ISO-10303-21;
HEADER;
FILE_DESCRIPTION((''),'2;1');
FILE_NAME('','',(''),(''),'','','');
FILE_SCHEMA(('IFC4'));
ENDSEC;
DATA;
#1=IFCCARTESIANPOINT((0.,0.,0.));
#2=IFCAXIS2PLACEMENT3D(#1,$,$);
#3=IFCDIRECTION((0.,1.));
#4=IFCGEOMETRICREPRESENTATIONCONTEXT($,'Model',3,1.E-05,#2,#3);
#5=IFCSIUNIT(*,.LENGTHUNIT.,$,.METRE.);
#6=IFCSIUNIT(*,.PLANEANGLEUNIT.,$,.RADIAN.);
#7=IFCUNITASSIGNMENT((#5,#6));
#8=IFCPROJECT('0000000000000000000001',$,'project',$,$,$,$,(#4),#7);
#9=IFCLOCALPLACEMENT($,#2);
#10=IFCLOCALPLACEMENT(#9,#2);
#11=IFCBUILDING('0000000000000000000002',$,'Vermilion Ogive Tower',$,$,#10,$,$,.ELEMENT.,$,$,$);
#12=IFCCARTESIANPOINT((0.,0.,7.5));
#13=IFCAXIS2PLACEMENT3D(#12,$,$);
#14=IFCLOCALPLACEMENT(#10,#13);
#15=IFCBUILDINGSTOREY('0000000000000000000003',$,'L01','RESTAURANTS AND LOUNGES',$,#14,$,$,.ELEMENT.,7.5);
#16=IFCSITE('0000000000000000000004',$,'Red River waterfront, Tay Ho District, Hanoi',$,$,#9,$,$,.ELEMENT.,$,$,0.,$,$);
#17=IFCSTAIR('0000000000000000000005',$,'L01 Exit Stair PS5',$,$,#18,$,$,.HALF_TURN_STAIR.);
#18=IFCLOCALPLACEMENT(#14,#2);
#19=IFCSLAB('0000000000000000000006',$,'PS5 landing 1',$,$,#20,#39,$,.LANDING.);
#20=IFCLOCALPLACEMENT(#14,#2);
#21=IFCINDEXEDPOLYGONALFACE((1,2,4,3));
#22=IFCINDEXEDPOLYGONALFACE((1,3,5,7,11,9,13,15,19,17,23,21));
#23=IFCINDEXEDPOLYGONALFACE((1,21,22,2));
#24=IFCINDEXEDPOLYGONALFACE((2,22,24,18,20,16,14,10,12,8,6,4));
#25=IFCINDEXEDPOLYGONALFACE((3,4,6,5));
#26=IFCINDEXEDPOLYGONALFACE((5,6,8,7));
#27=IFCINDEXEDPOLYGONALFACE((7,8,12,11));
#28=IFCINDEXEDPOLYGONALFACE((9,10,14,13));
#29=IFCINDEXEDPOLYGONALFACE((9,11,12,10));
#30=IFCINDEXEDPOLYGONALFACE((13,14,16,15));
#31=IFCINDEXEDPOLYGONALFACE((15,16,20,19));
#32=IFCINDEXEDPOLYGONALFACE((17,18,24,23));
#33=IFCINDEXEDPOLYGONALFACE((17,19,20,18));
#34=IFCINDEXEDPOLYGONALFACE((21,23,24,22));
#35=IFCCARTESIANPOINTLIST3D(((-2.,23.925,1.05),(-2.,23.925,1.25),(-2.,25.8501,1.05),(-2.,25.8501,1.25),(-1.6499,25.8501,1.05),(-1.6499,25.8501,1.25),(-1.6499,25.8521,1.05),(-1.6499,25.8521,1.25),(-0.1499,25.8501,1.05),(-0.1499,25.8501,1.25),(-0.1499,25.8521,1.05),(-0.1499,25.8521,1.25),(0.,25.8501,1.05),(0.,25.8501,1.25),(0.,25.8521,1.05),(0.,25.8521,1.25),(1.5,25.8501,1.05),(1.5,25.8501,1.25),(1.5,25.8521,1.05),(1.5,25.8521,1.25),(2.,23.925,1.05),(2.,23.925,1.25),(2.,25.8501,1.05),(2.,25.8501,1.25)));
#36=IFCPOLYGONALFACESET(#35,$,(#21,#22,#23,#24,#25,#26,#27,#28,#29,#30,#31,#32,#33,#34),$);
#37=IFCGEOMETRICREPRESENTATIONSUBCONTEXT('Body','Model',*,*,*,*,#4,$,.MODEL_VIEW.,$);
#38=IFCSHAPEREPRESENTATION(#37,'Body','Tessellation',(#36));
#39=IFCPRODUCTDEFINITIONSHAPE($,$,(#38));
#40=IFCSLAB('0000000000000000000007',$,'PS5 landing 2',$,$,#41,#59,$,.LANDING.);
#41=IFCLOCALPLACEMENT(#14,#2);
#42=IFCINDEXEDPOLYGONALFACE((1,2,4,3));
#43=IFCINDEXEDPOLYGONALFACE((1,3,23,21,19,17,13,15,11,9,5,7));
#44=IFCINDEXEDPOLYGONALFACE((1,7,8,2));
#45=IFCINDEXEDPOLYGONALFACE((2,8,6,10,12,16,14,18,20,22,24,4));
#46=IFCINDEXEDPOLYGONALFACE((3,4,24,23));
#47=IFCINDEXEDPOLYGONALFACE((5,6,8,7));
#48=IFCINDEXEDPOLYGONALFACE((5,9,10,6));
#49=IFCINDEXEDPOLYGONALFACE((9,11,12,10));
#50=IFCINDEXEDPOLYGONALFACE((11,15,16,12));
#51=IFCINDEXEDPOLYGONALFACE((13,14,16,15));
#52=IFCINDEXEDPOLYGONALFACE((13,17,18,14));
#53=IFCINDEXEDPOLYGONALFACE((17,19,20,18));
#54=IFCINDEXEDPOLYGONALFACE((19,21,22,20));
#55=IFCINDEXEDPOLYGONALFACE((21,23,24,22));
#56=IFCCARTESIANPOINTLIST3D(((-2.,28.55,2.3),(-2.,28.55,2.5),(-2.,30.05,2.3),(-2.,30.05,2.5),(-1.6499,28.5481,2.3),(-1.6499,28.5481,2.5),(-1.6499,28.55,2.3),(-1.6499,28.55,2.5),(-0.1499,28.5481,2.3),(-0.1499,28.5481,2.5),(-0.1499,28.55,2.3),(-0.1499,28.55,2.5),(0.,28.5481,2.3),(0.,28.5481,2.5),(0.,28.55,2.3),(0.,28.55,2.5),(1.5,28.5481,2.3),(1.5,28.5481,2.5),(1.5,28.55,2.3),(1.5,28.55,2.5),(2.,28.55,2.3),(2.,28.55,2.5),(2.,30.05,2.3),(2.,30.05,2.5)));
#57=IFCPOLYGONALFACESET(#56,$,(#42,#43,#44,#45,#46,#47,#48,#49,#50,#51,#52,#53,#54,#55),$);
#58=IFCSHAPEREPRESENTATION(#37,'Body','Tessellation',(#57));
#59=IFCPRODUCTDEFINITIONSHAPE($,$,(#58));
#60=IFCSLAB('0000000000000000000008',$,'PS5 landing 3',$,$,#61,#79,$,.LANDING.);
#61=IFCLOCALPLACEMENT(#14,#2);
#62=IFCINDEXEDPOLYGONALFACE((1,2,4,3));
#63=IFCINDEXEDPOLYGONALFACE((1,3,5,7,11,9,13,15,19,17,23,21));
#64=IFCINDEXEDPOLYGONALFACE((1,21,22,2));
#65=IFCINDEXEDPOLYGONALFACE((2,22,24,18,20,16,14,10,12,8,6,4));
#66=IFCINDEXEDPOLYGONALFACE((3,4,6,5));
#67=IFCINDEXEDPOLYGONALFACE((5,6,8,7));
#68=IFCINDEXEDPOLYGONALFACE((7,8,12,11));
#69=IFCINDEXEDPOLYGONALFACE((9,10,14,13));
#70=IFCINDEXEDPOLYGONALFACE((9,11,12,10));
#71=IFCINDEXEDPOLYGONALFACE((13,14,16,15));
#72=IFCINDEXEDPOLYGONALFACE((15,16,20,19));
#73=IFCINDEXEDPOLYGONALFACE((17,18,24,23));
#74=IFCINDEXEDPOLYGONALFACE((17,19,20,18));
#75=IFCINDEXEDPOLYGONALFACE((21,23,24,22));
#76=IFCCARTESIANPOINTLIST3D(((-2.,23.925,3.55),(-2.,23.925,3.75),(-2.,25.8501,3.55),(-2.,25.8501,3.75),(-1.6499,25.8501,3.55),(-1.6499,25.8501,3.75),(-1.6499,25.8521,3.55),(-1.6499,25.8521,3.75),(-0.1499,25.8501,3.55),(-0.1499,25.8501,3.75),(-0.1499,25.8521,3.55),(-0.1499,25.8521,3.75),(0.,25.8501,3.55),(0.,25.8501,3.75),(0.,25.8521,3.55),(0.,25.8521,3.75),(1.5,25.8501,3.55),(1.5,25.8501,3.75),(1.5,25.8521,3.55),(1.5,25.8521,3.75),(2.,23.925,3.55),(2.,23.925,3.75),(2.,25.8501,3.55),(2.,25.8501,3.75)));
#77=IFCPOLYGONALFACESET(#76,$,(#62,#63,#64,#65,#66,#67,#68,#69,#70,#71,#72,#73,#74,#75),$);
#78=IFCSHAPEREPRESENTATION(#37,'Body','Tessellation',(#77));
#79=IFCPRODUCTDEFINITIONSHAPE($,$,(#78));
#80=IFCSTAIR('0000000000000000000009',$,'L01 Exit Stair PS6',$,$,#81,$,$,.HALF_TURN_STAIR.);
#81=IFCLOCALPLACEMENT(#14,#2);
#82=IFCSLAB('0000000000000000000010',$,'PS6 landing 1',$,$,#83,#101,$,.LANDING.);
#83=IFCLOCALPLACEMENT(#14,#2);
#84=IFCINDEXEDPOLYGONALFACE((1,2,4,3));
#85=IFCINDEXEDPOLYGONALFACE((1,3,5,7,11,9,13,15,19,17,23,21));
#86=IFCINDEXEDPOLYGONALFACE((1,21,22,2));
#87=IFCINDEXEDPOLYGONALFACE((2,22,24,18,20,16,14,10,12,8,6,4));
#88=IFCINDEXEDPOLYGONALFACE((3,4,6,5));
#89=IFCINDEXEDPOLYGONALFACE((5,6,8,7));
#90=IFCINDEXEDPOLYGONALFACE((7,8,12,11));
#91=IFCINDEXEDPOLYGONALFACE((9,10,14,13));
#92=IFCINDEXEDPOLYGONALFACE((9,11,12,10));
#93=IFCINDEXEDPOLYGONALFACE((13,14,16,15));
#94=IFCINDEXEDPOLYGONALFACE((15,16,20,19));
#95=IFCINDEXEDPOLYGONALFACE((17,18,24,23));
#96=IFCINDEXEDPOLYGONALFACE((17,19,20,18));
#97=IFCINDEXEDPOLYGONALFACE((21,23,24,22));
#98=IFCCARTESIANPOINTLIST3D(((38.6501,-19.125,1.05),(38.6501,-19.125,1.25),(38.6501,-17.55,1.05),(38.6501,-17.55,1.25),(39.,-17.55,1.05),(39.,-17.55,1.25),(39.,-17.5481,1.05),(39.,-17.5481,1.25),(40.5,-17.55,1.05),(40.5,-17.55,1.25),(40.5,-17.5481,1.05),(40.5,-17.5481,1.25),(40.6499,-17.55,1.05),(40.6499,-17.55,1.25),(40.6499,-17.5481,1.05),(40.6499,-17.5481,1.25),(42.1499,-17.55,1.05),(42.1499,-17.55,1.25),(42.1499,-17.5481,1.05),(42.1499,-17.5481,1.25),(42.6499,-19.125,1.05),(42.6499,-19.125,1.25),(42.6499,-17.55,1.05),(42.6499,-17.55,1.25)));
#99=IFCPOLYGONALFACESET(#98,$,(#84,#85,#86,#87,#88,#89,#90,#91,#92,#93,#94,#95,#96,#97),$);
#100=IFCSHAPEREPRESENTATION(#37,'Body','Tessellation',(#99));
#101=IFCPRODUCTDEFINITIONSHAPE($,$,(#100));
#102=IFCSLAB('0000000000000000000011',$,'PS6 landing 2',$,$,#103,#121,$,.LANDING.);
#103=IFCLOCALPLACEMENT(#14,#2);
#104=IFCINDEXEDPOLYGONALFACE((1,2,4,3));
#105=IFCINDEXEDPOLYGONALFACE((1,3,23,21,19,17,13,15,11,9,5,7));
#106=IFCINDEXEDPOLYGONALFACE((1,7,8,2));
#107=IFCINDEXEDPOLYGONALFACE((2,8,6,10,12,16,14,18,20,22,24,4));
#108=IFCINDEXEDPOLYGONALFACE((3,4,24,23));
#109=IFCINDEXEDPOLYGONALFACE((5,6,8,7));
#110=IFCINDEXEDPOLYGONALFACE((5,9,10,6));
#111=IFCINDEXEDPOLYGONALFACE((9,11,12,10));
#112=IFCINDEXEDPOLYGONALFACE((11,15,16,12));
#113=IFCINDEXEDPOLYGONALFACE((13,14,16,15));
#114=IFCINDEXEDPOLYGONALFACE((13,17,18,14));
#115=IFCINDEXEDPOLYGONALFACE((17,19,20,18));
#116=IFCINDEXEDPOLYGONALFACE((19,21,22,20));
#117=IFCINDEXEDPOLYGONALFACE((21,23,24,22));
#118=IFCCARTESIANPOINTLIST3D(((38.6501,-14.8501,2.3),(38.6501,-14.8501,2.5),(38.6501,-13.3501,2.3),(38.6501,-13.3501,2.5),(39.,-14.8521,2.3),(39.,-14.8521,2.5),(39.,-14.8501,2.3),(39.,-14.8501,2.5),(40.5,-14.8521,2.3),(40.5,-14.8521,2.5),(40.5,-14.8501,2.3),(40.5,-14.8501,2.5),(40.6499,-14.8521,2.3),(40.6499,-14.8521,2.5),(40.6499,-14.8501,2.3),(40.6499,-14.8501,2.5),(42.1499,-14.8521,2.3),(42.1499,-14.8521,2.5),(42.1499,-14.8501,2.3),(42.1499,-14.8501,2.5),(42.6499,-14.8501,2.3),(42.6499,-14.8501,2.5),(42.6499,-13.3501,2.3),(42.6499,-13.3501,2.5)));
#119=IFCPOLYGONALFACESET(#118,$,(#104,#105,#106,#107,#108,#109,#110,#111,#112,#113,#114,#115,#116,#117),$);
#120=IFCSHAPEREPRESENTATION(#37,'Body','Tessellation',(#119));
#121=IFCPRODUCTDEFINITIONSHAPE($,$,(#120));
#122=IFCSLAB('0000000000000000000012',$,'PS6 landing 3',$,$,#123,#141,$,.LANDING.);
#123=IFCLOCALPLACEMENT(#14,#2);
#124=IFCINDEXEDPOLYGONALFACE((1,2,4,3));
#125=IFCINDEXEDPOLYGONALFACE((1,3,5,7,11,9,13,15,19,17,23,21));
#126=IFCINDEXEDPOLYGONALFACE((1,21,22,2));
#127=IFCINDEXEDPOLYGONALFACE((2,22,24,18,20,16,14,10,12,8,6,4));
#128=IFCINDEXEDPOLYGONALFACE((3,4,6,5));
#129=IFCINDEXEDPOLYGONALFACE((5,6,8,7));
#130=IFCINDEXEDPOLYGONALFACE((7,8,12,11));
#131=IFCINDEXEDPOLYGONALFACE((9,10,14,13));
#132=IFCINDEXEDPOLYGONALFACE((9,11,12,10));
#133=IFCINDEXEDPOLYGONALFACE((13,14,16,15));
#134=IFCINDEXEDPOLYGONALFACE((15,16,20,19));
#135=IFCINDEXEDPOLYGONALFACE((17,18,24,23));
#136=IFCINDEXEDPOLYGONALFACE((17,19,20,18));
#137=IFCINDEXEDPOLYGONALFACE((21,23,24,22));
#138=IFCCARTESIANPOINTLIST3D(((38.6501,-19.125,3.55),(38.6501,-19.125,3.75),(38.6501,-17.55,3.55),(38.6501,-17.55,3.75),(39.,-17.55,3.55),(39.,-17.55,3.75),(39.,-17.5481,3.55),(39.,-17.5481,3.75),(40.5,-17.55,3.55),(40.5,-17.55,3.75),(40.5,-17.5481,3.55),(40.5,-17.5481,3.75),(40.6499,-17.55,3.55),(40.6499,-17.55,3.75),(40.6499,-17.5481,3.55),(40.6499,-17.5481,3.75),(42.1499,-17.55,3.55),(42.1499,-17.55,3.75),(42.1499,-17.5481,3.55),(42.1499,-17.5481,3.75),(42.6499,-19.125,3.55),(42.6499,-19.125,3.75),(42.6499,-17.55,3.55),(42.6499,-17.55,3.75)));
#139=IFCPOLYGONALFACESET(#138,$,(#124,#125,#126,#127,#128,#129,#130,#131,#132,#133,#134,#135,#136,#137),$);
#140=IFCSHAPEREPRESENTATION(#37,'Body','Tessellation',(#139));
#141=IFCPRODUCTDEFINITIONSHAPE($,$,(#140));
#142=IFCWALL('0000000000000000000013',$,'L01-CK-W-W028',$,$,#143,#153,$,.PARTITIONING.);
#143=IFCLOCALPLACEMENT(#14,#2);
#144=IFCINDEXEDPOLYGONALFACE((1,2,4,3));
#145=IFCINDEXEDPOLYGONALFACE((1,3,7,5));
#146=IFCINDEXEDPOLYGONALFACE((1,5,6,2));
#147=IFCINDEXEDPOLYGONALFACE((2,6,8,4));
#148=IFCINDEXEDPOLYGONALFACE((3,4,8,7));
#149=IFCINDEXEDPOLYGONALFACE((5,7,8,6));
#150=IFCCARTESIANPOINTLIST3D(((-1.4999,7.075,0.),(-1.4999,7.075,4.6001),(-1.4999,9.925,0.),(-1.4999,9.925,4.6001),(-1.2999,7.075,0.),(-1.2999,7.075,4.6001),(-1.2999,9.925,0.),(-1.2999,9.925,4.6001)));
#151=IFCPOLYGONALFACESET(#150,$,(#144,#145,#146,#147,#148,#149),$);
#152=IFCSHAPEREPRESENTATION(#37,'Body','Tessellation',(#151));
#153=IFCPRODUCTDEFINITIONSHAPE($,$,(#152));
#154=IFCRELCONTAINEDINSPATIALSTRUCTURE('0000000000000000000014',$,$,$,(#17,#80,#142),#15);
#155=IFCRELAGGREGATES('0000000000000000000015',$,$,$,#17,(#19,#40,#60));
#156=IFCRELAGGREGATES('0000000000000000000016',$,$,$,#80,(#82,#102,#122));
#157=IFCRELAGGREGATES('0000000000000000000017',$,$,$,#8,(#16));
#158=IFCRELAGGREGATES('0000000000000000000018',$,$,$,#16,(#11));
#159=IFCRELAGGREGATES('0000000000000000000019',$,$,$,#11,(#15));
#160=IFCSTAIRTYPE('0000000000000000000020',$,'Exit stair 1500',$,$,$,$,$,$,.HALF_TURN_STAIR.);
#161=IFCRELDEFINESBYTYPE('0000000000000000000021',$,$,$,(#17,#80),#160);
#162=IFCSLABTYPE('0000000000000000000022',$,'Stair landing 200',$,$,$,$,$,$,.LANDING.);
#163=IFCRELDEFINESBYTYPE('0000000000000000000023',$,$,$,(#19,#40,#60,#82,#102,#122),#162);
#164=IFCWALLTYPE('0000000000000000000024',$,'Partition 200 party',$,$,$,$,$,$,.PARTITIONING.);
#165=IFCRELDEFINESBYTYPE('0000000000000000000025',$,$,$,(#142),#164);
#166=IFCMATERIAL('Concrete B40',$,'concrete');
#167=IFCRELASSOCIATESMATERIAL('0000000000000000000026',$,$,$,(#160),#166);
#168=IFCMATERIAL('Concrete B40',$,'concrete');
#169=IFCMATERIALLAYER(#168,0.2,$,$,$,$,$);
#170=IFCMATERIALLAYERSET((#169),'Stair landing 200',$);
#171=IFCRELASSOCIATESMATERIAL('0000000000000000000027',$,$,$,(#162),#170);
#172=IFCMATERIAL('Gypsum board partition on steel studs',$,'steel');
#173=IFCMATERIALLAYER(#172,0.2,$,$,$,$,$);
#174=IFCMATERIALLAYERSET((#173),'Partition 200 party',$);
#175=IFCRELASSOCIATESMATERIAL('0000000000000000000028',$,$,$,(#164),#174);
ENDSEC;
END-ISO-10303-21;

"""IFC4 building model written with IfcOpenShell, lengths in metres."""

from ifc_helpers import new_model, si_unit, direction, frame, frame_2d, origin, place, context, subcontext, project, spatial, polyline, rectangle, outline, extrude, material, layer, layer_set, type_object, element, aggregate, save


model = new_model("IFC4")

# Units and contexts
model_context = context("Model", 3, precision=1e-05, world=origin(), true_north=direction((0.0, 1.0)))
body_context = subcontext(model_context, "Body", "Model", "MODEL_VIEW")
ifc_project = project(units=[si_unit("LENGTHUNIT", "METRE"), si_unit("PLANEANGLEUNIT", "RADIAN")], contexts=[model_context])

# Site, building, storey
site_placement = place(None, origin())
site = spatial("IfcSite", under=ifc_project, at=site_placement, Name="Red River waterfront, Tay Ho District, Hanoi", CompositionType="ELEMENT", RefElevation=0.0)
building_placement = place(site_placement, origin())
building = spatial("IfcBuilding", under=site, at=building_placement, Name="Vermilion Ogive Tower", CompositionType="ELEMENT")
storey_placement = place(building_placement, frame((0.0, 0.0, 7.5)))
storey = spatial("IfcBuildingStorey", under=building, at=storey_placement, Name="L01", Description="RESTAURANTS AND LOUNGES", CompositionType="ELEMENT", Elevation=7.5)

# Shared definitions
ifc_material_1 = material(Name="Concrete B40", Category="concrete")
stair_type = type_object("IfcStairType", Name="Exit stair 1500", PredefinedType="HALF_TURN_STAIR", material=ifc_material_1)
ifc_material_2 = material(Name="Concrete B40", Category="concrete")
ifc_layer_1 = layer(ifc_material_2, 0.2)
ifc_layer_set_1 = layer_set([ifc_layer_1], Name="Stair landing 200")
slab_type = type_object("IfcSlabType", Name="Stair landing 200", PredefinedType="LANDING", material=ifc_layer_set_1)

# Stairs, slabs
stair_1_placement = place(storey_placement, origin())
stair_1 = element("IfcStair", 1, at=stair_1_placement, inside=storey, type_object=stair_type, Name="L01 Exit Stair PS5", PredefinedType="HALF_TURN_STAIR")
slab_1_placement = place(storey_placement, frame((0.0, 0.0, 1.05)))
slab_1 = element("IfcSlab", 2, at=slab_1_placement, type_object=slab_type, Name="PS5 landing 1", PredefinedType="LANDING", context=body_context, shape_type="SweptSolid", body=[
    extrude(outline(polyline([(2.0, 25.8501), (1.5, 25.8501), (1.5, 25.8521), (0.0, 25.8521), (0.0, 25.8501), (-0.1499, 25.8501), (-0.1499, 25.8521), (-1.6499, 25.8521), (-1.6499, 25.8501), (-2.0, 25.8501), (-2.0, 23.925), (2.0, 23.925), (2.0, 25.8501)])), origin(), (0.0, 0.0, 1.0), 0.2),
])
slab_2_placement = place(storey_placement, frame((0.0, 0.0, 2.3)))
slab_2 = element("IfcSlab", 3, at=slab_2_placement, type_object=slab_type, Name="PS5 landing 2", PredefinedType="LANDING", context=body_context, shape_type="SweptSolid", body=[
    extrude(outline(polyline([(-2.0, 28.55), (-1.6499, 28.55), (-1.6499, 28.5481), (-0.1499, 28.5481), (-0.1499, 28.55), (0.0, 28.55), (0.0, 28.5481), (1.5, 28.5481), (1.5, 28.55), (2.0, 28.55), (2.0, 30.05), (-2.0, 30.05), (-2.0, 28.55)])), origin(), (0.0, 0.0, 1.0), 0.2),
])
slab_3_placement = place(storey_placement, frame((0.0, 0.0, 3.55)))
slab_3 = element("IfcSlab", 4, at=slab_3_placement, type_object=slab_type, Name="PS5 landing 3", PredefinedType="LANDING", context=body_context, shape_type="SweptSolid", body=[
    extrude(outline(polyline([(2.0, 25.8501), (1.5, 25.8501), (1.5, 25.8521), (0.0, 25.8521), (0.0, 25.8501), (-0.1499, 25.8501), (-0.1499, 25.8521), (-1.6499, 25.8521), (-1.6499, 25.8501), (-2.0, 25.8501), (-2.0, 23.925), (2.0, 23.925), (2.0, 25.8501)])), origin(), (0.0, 0.0, 1.0), 0.2),
])
aggregate(stair_1, [slab_1, slab_2, slab_3])
stair_2_placement = place(storey_placement, origin())
stair_2 = element("IfcStair", 5, at=stair_2_placement, inside=storey, type_object=stair_type, Name="L01 Exit Stair PS6", PredefinedType="HALF_TURN_STAIR")
slab_4_placement = place(storey_placement, frame((0.0, 0.0, 1.05)))
slab_4 = element("IfcSlab", 6, at=slab_4_placement, type_object=slab_type, Name="PS6 landing 1", PredefinedType="LANDING", context=body_context, shape_type="SweptSolid", body=[
    extrude(outline(polyline([(42.6499, -17.55), (42.1499, -17.55), (42.1499, -17.5481), (40.6499, -17.5481), (40.6499, -17.55), (40.5, -17.55), (40.5, -17.5481), (39.0, -17.5481), (39.0, -17.55), (38.6501, -17.55), (38.6501, -19.125), (42.6499, -19.125), (42.6499, -17.55)])), origin(), (0.0, 0.0, 1.0), 0.2),
])
slab_5_placement = place(storey_placement, frame((0.0, 0.0, 2.3)))
slab_5 = element("IfcSlab", 7, at=slab_5_placement, type_object=slab_type, Name="PS6 landing 2", PredefinedType="LANDING", context=body_context, shape_type="SweptSolid", body=[
    extrude(outline(polyline([(38.6501, -14.8501), (39.0, -14.8501), (39.0, -14.8521), (40.5, -14.8521), (40.5, -14.8501), (40.6499, -14.8501), (40.6499, -14.8521), (42.1499, -14.8521), (42.1499, -14.8501), (42.6499, -14.8501), (42.6499, -13.3501), (38.6501, -13.3501), (38.6501, -14.8501)])), origin(), (0.0, 0.0, 1.0), 0.2),
])
slab_6_placement = place(storey_placement, frame((0.0, 0.0, 3.55)))
slab_6 = element("IfcSlab", 8, at=slab_6_placement, type_object=slab_type, Name="PS6 landing 3", PredefinedType="LANDING", context=body_context, shape_type="SweptSolid", body=[
    extrude(outline(polyline([(42.6499, -17.55), (42.1499, -17.55), (42.1499, -17.5481), (40.6499, -17.5481), (40.6499, -17.55), (40.5, -17.55), (40.5, -17.5481), (39.0, -17.5481), (39.0, -17.55), (38.6501, -17.55), (38.6501, -19.125), (42.6499, -19.125), (42.6499, -17.55)])), origin(), (0.0, 0.0, 1.0), 0.2),
])
aggregate(stair_2, [slab_4, slab_5, slab_6])

# Wall
ifc_material_3 = material(Name="Gypsum board partition on steel studs", Category="steel")
ifc_layer_2 = layer(ifc_material_3, 0.2)
ifc_layer_set_2 = layer_set([ifc_layer_2], Name="Partition 200 party")
wall_type = type_object("IfcWallType", Name="Partition 200 party", PredefinedType="PARTITIONING", material=ifc_layer_set_2)
wall_placement = place(storey_placement, frame((-1.3999, 7.075, 0.0), z_axis=(0.0, 0.0, 1.0), x_axis=(0.0, 1.0, 0.0)))
element("IfcWall", 9, at=wall_placement, inside=storey, type_object=wall_type, Name="L01-CK-W-W028", PredefinedType="PARTITIONING", context=body_context, shape_type="SweptSolid", body=[
    extrude(rectangle(XDim=2.8501, YDim=0.2, at=frame_2d((1.425, 0.0))), origin(), (0.0, 0.0, 1.0), 4.6001),
])

save(model, "model.ifc")
